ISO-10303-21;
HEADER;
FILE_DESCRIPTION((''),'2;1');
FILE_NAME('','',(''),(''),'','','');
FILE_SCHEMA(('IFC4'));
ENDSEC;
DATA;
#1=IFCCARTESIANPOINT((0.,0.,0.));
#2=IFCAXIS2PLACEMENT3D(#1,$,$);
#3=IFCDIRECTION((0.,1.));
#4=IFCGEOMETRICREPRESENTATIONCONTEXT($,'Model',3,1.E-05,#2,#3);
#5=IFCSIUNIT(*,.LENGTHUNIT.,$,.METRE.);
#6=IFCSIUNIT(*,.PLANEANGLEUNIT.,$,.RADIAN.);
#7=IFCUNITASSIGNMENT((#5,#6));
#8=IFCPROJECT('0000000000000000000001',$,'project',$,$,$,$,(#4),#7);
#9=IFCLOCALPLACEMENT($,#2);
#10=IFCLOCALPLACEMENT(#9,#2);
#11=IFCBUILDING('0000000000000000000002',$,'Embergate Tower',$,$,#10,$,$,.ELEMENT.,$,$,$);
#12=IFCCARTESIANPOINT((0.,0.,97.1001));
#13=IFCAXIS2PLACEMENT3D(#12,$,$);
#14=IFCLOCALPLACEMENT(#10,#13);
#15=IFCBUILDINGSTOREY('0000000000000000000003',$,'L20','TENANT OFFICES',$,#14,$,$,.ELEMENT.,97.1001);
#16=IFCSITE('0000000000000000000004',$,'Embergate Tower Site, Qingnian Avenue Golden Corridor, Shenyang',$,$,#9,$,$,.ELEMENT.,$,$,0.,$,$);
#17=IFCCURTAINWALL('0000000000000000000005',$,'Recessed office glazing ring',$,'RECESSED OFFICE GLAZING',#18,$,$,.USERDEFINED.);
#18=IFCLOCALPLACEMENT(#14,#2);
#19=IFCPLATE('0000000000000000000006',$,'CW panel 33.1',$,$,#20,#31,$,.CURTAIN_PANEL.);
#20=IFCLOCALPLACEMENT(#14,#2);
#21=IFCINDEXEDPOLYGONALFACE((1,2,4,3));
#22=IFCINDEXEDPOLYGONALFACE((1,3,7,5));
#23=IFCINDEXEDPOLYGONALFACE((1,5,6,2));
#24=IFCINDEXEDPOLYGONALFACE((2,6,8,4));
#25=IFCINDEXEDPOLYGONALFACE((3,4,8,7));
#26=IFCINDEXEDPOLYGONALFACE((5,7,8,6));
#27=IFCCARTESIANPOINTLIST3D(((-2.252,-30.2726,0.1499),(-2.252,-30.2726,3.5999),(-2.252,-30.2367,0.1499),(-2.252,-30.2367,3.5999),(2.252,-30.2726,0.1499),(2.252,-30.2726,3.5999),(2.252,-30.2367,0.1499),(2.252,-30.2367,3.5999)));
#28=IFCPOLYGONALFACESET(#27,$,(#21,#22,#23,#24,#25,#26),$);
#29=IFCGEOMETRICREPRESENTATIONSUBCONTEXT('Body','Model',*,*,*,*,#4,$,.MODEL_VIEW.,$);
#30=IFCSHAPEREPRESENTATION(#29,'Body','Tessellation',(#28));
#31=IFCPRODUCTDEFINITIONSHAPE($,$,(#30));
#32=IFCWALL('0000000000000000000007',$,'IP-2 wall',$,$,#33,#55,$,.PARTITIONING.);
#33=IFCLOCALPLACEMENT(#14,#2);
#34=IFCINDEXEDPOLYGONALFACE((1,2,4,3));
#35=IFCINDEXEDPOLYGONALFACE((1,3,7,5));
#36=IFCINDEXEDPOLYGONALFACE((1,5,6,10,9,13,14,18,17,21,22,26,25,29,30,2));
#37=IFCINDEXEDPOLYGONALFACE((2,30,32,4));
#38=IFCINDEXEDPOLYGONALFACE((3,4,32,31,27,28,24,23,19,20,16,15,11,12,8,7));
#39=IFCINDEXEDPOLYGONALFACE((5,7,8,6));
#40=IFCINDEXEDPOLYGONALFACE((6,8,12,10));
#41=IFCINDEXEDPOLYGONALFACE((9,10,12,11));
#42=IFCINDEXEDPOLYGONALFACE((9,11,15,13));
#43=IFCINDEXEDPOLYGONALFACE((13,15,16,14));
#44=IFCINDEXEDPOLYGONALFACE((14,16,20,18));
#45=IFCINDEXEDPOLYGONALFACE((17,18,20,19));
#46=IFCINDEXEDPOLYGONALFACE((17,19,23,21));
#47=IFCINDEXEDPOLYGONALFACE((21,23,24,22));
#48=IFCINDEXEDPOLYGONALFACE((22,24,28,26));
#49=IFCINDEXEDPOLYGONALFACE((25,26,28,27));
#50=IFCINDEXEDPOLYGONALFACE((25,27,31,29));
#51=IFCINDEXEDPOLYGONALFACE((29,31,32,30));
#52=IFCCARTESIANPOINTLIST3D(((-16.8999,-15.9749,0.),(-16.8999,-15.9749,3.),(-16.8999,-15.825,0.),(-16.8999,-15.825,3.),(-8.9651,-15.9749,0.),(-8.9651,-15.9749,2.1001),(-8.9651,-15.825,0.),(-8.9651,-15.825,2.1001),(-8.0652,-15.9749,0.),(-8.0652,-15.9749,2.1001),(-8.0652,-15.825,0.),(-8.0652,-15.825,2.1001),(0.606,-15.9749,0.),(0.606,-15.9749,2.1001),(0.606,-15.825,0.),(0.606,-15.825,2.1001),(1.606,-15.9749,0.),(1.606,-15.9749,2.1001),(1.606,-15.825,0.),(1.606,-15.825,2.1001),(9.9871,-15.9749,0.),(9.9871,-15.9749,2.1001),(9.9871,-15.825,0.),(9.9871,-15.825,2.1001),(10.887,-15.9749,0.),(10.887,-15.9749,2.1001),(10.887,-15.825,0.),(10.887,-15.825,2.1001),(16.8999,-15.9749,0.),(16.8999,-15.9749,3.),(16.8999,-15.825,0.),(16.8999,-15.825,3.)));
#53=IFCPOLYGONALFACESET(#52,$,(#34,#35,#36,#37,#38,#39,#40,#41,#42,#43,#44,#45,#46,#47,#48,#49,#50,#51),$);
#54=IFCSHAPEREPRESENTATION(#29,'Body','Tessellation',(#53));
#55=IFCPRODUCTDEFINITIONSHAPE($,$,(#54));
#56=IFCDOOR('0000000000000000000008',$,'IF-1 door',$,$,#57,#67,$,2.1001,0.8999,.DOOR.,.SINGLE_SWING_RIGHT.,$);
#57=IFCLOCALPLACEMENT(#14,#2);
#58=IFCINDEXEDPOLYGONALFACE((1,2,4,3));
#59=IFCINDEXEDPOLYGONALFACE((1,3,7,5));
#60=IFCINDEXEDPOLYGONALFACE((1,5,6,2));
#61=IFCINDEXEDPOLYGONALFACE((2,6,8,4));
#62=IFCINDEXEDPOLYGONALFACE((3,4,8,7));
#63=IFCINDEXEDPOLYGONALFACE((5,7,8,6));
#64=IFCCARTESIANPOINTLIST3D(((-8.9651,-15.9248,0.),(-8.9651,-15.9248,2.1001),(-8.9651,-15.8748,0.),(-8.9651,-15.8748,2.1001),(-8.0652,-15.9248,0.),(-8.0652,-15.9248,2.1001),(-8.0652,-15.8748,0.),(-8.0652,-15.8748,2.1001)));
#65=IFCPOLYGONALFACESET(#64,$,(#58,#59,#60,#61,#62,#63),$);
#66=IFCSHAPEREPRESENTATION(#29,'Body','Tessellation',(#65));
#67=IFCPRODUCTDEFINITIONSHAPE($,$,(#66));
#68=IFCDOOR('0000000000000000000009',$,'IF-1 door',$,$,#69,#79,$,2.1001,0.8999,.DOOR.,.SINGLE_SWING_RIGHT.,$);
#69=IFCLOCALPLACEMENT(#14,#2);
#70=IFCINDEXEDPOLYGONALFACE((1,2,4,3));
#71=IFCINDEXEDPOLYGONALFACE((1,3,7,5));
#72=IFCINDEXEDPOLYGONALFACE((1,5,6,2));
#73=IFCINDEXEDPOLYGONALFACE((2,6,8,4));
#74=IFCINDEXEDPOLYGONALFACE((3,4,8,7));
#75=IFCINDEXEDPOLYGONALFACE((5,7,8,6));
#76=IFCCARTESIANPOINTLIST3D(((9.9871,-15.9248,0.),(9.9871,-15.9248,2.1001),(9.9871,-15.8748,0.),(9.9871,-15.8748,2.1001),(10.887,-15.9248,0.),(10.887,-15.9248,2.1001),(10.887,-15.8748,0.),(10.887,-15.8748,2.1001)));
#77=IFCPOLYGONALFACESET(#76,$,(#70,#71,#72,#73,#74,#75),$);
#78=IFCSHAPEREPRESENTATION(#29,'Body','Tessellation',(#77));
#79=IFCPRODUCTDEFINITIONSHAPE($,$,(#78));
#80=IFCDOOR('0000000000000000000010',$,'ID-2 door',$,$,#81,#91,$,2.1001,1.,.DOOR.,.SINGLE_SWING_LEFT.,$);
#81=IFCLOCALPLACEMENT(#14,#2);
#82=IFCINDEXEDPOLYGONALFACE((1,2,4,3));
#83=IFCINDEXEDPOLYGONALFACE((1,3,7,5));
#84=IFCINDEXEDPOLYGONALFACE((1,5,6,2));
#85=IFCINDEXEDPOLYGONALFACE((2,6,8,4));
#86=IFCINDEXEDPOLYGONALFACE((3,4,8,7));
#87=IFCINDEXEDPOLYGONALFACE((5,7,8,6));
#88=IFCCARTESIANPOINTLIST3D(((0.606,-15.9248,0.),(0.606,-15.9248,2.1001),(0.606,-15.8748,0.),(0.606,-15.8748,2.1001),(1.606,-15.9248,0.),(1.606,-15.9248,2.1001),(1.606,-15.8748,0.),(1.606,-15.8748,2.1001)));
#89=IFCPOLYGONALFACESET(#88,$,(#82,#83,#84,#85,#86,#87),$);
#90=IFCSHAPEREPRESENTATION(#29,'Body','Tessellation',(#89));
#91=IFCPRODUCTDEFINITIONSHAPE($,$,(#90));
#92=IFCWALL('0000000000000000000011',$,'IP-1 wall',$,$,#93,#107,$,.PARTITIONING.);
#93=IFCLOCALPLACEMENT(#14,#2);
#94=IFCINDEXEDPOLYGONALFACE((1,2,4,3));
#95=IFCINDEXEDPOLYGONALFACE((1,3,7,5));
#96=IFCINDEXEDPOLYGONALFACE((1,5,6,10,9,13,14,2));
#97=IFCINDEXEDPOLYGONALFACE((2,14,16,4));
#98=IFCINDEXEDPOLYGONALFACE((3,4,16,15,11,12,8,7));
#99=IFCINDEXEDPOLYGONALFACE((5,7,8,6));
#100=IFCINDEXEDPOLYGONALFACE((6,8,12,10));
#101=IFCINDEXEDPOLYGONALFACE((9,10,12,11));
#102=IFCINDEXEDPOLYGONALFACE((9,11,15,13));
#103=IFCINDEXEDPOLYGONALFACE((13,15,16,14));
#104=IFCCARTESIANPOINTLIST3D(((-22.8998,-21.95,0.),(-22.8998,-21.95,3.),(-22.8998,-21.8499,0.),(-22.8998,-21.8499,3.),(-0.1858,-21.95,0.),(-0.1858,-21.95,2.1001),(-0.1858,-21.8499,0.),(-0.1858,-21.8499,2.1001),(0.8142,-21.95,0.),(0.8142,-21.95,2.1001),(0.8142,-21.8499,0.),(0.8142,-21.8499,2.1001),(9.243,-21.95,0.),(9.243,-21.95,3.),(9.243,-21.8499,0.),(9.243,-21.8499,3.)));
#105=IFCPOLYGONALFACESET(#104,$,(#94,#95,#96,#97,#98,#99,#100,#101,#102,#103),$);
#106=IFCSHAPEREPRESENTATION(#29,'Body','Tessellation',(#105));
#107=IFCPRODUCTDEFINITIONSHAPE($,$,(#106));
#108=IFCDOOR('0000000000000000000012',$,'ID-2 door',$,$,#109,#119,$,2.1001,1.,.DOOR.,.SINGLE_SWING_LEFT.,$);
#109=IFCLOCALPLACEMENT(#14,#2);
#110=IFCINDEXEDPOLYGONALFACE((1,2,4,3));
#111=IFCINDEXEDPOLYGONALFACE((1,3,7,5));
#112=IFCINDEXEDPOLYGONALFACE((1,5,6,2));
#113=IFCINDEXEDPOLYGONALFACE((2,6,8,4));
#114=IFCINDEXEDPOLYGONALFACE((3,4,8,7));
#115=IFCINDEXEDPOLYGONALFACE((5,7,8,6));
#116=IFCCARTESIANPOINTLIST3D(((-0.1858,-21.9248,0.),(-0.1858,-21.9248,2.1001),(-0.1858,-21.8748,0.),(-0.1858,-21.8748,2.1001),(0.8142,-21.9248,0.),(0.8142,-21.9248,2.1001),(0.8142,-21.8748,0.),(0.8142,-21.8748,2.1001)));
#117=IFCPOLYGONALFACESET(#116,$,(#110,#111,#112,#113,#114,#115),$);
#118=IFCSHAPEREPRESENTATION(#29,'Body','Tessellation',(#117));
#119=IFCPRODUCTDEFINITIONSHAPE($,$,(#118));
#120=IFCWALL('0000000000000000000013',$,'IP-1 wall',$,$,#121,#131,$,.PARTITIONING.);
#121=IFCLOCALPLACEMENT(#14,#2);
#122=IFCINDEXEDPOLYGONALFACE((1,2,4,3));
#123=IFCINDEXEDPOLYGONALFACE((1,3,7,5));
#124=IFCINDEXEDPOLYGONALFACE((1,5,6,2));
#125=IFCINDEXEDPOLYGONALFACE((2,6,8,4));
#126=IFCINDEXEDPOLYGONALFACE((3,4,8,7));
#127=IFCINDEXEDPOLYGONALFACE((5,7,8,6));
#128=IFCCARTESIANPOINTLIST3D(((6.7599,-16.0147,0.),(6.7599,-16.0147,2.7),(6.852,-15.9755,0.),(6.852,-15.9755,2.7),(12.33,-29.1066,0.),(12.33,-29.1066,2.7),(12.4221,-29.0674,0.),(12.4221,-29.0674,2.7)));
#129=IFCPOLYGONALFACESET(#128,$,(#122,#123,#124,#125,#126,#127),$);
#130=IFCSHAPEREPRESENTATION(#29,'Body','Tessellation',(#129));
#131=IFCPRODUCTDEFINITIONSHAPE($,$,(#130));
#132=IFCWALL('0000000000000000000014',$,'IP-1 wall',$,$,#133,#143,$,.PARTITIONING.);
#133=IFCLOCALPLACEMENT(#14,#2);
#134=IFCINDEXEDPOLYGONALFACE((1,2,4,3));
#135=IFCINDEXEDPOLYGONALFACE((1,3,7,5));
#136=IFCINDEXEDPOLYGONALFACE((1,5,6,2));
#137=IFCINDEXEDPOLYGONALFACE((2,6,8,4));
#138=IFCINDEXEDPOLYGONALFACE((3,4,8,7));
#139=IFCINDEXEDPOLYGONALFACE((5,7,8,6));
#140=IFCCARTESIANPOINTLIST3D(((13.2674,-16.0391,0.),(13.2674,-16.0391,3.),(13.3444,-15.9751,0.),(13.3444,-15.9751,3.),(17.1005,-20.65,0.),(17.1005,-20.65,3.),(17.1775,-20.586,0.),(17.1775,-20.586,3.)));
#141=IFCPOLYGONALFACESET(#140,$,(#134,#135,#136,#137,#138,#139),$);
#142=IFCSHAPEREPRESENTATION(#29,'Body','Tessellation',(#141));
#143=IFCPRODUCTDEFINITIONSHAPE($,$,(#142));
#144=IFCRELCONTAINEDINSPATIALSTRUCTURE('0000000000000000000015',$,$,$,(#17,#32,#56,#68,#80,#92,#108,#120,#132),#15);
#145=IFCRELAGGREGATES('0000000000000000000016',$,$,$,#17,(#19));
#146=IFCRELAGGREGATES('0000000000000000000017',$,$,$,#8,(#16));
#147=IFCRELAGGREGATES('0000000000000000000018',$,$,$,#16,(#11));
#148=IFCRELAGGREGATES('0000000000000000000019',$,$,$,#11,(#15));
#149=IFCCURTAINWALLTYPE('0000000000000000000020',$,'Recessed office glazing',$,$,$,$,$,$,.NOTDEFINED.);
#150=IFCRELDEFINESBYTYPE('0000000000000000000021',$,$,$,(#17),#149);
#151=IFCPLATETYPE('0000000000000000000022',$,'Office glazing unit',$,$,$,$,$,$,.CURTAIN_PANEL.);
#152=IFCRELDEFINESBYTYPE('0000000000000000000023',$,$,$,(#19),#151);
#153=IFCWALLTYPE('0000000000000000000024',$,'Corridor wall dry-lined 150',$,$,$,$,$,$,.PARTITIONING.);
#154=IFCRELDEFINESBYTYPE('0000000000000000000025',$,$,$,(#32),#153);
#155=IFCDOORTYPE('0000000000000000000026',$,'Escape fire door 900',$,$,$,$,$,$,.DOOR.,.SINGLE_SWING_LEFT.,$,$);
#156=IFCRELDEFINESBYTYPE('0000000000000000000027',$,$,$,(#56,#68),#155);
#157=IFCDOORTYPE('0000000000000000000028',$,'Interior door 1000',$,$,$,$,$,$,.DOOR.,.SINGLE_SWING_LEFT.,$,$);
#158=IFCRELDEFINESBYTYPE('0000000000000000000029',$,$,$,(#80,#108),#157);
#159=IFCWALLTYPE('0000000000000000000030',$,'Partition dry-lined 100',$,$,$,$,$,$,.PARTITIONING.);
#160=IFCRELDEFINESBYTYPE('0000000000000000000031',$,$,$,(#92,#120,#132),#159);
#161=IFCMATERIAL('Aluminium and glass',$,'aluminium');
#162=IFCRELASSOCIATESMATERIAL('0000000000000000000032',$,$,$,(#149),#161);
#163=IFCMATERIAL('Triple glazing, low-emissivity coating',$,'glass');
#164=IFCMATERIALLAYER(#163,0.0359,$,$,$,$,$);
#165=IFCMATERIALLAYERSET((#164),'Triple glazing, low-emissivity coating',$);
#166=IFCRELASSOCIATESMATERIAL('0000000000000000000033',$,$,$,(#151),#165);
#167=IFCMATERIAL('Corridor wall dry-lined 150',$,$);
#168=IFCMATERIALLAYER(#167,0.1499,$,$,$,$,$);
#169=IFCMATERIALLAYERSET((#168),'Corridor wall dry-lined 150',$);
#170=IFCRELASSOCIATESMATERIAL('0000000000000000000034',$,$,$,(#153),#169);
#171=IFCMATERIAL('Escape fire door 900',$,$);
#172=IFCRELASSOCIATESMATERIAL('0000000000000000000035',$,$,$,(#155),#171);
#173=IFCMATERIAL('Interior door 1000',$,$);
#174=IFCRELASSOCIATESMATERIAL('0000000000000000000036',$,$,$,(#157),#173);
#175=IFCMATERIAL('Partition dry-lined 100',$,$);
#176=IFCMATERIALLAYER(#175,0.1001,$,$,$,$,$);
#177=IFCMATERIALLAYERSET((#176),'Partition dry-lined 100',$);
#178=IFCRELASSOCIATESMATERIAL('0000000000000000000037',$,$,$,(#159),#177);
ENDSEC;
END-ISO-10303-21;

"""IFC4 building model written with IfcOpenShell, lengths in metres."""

from ifc_helpers import new_model, si_unit, direction, frame, frame_2d, origin, origin_2d, place, context, subcontext, project, spatial, rectangle, extrude, source, transform, mapped, material, layer, layer_set, type_object, element, fill, aggregate, save


model = new_model("IFC4")

# Units and contexts
model_context = context("Model", 3, precision=1e-05, world=origin(), true_north=direction((0.0, 1.0)))
body_context = subcontext(model_context, "Body", "Model", "MODEL_VIEW")
ifc_project = project(units=[si_unit("LENGTHUNIT", "METRE"), si_unit("PLANEANGLEUNIT", "RADIAN")], contexts=[model_context])

# Site, building, storey
site_placement = place(None, origin())
site = spatial("IfcSite", under=ifc_project, at=site_placement, Name="Embergate Tower Site, Qingnian Avenue Golden Corridor, Shenyang", CompositionType="ELEMENT", RefElevation=0.0)
building_placement = place(site_placement, origin())
building = spatial("IfcBuilding", under=site, at=building_placement, Name="Embergate Tower", CompositionType="ELEMENT")
storey_placement = place(building_placement, frame((0.0, 0.0, 97.1001)))
storey = spatial("IfcBuildingStorey", under=building, at=storey_placement, Name="L20", Description="TENANT OFFICES", CompositionType="ELEMENT", Elevation=97.1001)

# Curtain wall
ifc_material_1 = material(Name="Aluminium and glass", Category="aluminium")
curtain_wall_type = type_object("IfcCurtainWallType", Name="Recessed office glazing", PredefinedType="NOTDEFINED", material=ifc_material_1)
curtain_wall_placement = place(storey_placement, origin())
curtain_wall = element("IfcCurtainWall", 1, at=curtain_wall_placement, inside=storey, type_object=curtain_wall_type, Name="Recessed office glazing ring", ObjectType="RECESSED OFFICE GLAZING", PredefinedType="USERDEFINED")

# Plate
ifc_material_2 = material(Name="Triple glazing, low-emissivity coating", Category="glass")
ifc_layer_1 = layer(ifc_material_2, 0.0359)
ifc_layer_set_1 = layer_set([ifc_layer_1], Name="Triple glazing, low-emissivity coating")
plate_type = type_object("IfcPlateType", Name="Office glazing unit", PredefinedType="CURTAIN_PANEL", material=ifc_layer_set_1)
shared_shape_1 = source(origin(), body_context, "Body", "SweptSolid", [
    extrude(rectangle(XDim=4.5039, YDim=0.0359, at=origin_2d()), origin(), (0.0, 0.0, 1.0), 3.45),
])
plate_1_placement = place(storey_placement, frame((0.0, -30.2546, 0.1499), z_axis=(0.0, 0.0, 1.0), x_axis=(1.0, 0.0, 0.0)))
plate_1 = element("IfcPlate", 2, at=plate_1_placement, type_object=plate_type, Name="CW panel 33.1", PredefinedType="CURTAIN_PANEL", context=body_context, shape_type="MappedRepresentation", body=[
    mapped(shared_shape_1, transform((0.0, 0.0, 0.0))),
])
aggregate(curtain_wall, [plate_1])

# Wall, openings, doors
ifc_material_3 = material(Name="Corridor wall dry-lined 150")
ifc_layer_2 = layer(ifc_material_3, 0.1499)
ifc_layer_set_2 = layer_set([ifc_layer_2], Name="Corridor wall dry-lined 150")
wall_type_1 = type_object("IfcWallType", Name="Corridor wall dry-lined 150", PredefinedType="PARTITIONING", material=ifc_layer_set_2)
shared_shape_2 = source(origin(), body_context, "Body", "SweptSolid", [
    extrude(rectangle(XDim=33.7998, YDim=0.1499, at=frame_2d((16.8999, 0.0))), origin(), (0.0, 0.0, 1.0), 3.0),
])
wall_1_placement = place(storey_placement, frame((16.8999, -15.8999, 0.0), z_axis=(0.0, 0.0, 1.0), x_axis=(-1.0, 0.0, 0.0)))
wall_1 = element("IfcWall", 3, at=wall_1_placement, inside=storey, type_object=wall_type_1, Name="IP-2 wall", PredefinedType="PARTITIONING", context=body_context, shape_type="MappedRepresentation", body=[
    mapped(shared_shape_2, transform((0.0, 0.0, 0.0))),
])
shared_shape_3 = source(origin(), body_context, "Body", "SweptSolid", [
    extrude(rectangle(XDim=0.8999, YDim=2.1001, at=frame_2d((0.45, 1.05))), frame((0.0, 0.085, 0.0), z_axis=(0.0, -1.0, 0.0), x_axis=(1.0, 0.0, 0.0)), (0.0, 0.0, 1.0), 0.1699),
])
opening_1_placement = place(wall_1_placement, frame((24.9651, 0.0, 0.0)))
opening_1 = element("IfcOpeningElement", 4, at=opening_1_placement, cuts=wall_1, PredefinedType="OPENING", context=body_context, shape_type="MappedRepresentation", body=[
    mapped(shared_shape_3, transform((0.0, 0.0, 0.0))),
])
shared_shape_4 = source(origin(), body_context, "Body", "SweptSolid", [
    extrude(rectangle(XDim=1.0, YDim=2.1001, at=frame_2d((0.5, 1.05))), frame((0.0, 0.085, 0.0), z_axis=(0.0, -1.0, 0.0), x_axis=(1.0, 0.0, 0.0)), (0.0, 0.0, 1.0), 0.1699),
])
opening_2_placement = place(wall_1_placement, frame((15.2939, 0.0, 0.0)))
opening_2 = element("IfcOpeningElement", 5, at=opening_2_placement, cuts=wall_1, PredefinedType="OPENING", context=body_context, shape_type="MappedRepresentation", body=[
    mapped(shared_shape_4, transform((0.0, 0.0, 0.0))),
])
opening_3_placement = place(wall_1_placement, frame((6.0129, 0.0, 0.0)))
opening_3 = element("IfcOpeningElement", 6, at=opening_3_placement, cuts=wall_1, PredefinedType="OPENING", context=body_context, shape_type="MappedRepresentation", body=[
    mapped(shared_shape_3, transform((0.0, 0.0, 0.0))),
])
ifc_material_4 = material(Name="Escape fire door 900")
door_type_1 = type_object("IfcDoorType", Name="Escape fire door 900", OperationType="SINGLE_SWING_LEFT", PredefinedType="DOOR", material=ifc_material_4)
shared_shape_5 = source(origin(), body_context, "Body", "SweptSolid", [
    extrude(rectangle(XDim=0.8999, YDim=2.1001, at=frame_2d((0.45, 1.05))), frame((0.0, 0.0249, 0.0), z_axis=(0.0, -1.0, 0.0), x_axis=(1.0, 0.0, 0.0)), (0.0, 0.0, 1.0), 0.05),
])
door_1_placement = place(opening_1_placement, origin())
door_1 = element("IfcDoor", 7, at=door_1_placement, inside=storey, type_object=door_type_1, Name="IF-1 door", OperationType="SINGLE_SWING_RIGHT", OverallHeight=2.1001, OverallWidth=0.8999, PredefinedType="DOOR", context=body_context, shape_type="MappedRepresentation", body=[
    mapped(shared_shape_5, transform((0.0, 0.0, 0.0))),
])
fill(opening_1, door_1)
door_2_placement = place(opening_3_placement, origin())
door_2 = element("IfcDoor", 8, at=door_2_placement, inside=storey, type_object=door_type_1, Name="IF-1 door", OperationType="SINGLE_SWING_RIGHT", OverallHeight=2.1001, OverallWidth=0.8999, PredefinedType="DOOR", context=body_context, shape_type="MappedRepresentation", body=[
    mapped(shared_shape_5, transform((0.0, 0.0, 0.0))),
])
fill(opening_3, door_2)
ifc_material_5 = material(Name="Interior door 1000")
door_type_2 = type_object("IfcDoorType", Name="Interior door 1000", OperationType="SINGLE_SWING_LEFT", PredefinedType="DOOR", material=ifc_material_5)
shared_shape_6 = source(origin(), body_context, "Body", "SweptSolid", [
    extrude(rectangle(XDim=1.0, YDim=2.1001, at=frame_2d((0.5, 1.05))), frame((0.0, 0.0249, 0.0), z_axis=(0.0, -1.0, 0.0), x_axis=(1.0, 0.0, 0.0)), (0.0, 0.0, 1.0), 0.05),
])
door_3_placement = place(opening_2_placement, origin())
door_3 = element("IfcDoor", 9, at=door_3_placement, inside=storey, type_object=door_type_2, Name="ID-2 door", OperationType="SINGLE_SWING_LEFT", OverallHeight=2.1001, OverallWidth=1.0, PredefinedType="DOOR", context=body_context, shape_type="MappedRepresentation", body=[
    mapped(shared_shape_6, transform((0.0, 0.0, 0.0))),
])
fill(opening_2, door_3)

# Wall, opening, door
ifc_material_6 = material(Name="Partition dry-lined 100")
ifc_layer_3 = layer(ifc_material_6, 0.1001)
ifc_layer_set_3 = layer_set([ifc_layer_3], Name="Partition dry-lined 100")
wall_type_2 = type_object("IfcWallType", Name="Partition dry-lined 100", PredefinedType="PARTITIONING", material=ifc_layer_set_3)
shared_shape_7 = source(origin(), body_context, "Body", "SweptSolid", [
    extrude(rectangle(XDim=32.1428, YDim=0.1001, at=frame_2d((16.0713, 0.0))), origin(), (0.0, 0.0, 1.0), 3.0),
])
wall_2_placement = place(storey_placement, frame((9.2429, -21.8999, 0.0), z_axis=(0.0, 0.0, 1.0), x_axis=(-1.0, 0.0, 0.0)))
wall_2 = element("IfcWall", 10, at=wall_2_placement, inside=storey, type_object=wall_type_2, Name="IP-1 wall", PredefinedType="PARTITIONING", context=body_context, shape_type="MappedRepresentation", body=[
    mapped(shared_shape_7, transform((0.0, 0.0, 0.0))),
])
shared_shape_8 = source(origin(), body_context, "Body", "SweptSolid", [
    extrude(rectangle(XDim=1.0, YDim=2.1001, at=frame_2d((0.5, 1.05))), frame((0.0, 0.0601, 0.0), z_axis=(0.0, -1.0, 0.0), x_axis=(1.0, 0.0, 0.0)), (0.0, 0.0, 1.0), 0.1201),
])
opening_4_placement = place(wall_2_placement, frame((8.4287, 0.0, 0.0)))
opening_4 = element("IfcOpeningElement", 11, at=opening_4_placement, cuts=wall_2, PredefinedType="OPENING", context=body_context, shape_type="MappedRepresentation", body=[
    mapped(shared_shape_8, transform((0.0, 0.0, 0.0))),
])
door_4_placement = place(opening_4_placement, origin())
door_4 = element("IfcDoor", 12, at=door_4_placement, inside=storey, type_object=door_type_2, Name="ID-2 door", OperationType="SINGLE_SWING_LEFT", OverallHeight=2.1001, OverallWidth=1.0, PredefinedType="DOOR", context=body_context, shape_type="MappedRepresentation", body=[
    mapped(shared_shape_6, transform((0.0, 0.0, 0.0))),
])
fill(opening_4, door_4)

# Walls
shared_shape_9 = source(origin(), body_context, "Body", "SweptSolid", [
    extrude(rectangle(XDim=14.2275, YDim=0.1001, at=frame_2d((7.1138, 0.0))), origin(), (0.0, 0.0, 1.0), 2.7),
])
wall_3_placement = place(storey_placement, frame((6.8059, -15.9951, 0.0), z_axis=(0.0, 0.0, 1.0), x_axis=(0.391501, -0.920178, 0.0)))
element("IfcWall", 13, at=wall_3_placement, inside=storey, type_object=wall_type_2, Name="IP-1 wall", PredefinedType="PARTITIONING", context=body_context, shape_type="MappedRepresentation", body=[
    mapped(shared_shape_9, transform((0.0, 0.0, 0.0))),
])
shared_shape_10 = source(origin(), body_context, "Body", "SweptSolid", [
    extrude(rectangle(XDim=5.9961, YDim=0.1001, at=frame_2d((2.998, 0.0))), origin(), (0.0, 0.0, 1.0), 3.0),
])
wall_4_placement = place(storey_placement, frame((13.3059, -16.0071, 0.0), z_axis=(0.0, 0.0, 1.0), x_axis=(0.639263, -0.768988, 0.0)))
element("IfcWall", 14, at=wall_4_placement, inside=storey, type_object=wall_type_2, Name="IP-1 wall", PredefinedType="PARTITIONING", context=body_context, shape_type="MappedRepresentation", body=[
    mapped(shared_shape_10, transform((0.0, 0.0, 0.0))),
])

save(model, "model.ifc")
